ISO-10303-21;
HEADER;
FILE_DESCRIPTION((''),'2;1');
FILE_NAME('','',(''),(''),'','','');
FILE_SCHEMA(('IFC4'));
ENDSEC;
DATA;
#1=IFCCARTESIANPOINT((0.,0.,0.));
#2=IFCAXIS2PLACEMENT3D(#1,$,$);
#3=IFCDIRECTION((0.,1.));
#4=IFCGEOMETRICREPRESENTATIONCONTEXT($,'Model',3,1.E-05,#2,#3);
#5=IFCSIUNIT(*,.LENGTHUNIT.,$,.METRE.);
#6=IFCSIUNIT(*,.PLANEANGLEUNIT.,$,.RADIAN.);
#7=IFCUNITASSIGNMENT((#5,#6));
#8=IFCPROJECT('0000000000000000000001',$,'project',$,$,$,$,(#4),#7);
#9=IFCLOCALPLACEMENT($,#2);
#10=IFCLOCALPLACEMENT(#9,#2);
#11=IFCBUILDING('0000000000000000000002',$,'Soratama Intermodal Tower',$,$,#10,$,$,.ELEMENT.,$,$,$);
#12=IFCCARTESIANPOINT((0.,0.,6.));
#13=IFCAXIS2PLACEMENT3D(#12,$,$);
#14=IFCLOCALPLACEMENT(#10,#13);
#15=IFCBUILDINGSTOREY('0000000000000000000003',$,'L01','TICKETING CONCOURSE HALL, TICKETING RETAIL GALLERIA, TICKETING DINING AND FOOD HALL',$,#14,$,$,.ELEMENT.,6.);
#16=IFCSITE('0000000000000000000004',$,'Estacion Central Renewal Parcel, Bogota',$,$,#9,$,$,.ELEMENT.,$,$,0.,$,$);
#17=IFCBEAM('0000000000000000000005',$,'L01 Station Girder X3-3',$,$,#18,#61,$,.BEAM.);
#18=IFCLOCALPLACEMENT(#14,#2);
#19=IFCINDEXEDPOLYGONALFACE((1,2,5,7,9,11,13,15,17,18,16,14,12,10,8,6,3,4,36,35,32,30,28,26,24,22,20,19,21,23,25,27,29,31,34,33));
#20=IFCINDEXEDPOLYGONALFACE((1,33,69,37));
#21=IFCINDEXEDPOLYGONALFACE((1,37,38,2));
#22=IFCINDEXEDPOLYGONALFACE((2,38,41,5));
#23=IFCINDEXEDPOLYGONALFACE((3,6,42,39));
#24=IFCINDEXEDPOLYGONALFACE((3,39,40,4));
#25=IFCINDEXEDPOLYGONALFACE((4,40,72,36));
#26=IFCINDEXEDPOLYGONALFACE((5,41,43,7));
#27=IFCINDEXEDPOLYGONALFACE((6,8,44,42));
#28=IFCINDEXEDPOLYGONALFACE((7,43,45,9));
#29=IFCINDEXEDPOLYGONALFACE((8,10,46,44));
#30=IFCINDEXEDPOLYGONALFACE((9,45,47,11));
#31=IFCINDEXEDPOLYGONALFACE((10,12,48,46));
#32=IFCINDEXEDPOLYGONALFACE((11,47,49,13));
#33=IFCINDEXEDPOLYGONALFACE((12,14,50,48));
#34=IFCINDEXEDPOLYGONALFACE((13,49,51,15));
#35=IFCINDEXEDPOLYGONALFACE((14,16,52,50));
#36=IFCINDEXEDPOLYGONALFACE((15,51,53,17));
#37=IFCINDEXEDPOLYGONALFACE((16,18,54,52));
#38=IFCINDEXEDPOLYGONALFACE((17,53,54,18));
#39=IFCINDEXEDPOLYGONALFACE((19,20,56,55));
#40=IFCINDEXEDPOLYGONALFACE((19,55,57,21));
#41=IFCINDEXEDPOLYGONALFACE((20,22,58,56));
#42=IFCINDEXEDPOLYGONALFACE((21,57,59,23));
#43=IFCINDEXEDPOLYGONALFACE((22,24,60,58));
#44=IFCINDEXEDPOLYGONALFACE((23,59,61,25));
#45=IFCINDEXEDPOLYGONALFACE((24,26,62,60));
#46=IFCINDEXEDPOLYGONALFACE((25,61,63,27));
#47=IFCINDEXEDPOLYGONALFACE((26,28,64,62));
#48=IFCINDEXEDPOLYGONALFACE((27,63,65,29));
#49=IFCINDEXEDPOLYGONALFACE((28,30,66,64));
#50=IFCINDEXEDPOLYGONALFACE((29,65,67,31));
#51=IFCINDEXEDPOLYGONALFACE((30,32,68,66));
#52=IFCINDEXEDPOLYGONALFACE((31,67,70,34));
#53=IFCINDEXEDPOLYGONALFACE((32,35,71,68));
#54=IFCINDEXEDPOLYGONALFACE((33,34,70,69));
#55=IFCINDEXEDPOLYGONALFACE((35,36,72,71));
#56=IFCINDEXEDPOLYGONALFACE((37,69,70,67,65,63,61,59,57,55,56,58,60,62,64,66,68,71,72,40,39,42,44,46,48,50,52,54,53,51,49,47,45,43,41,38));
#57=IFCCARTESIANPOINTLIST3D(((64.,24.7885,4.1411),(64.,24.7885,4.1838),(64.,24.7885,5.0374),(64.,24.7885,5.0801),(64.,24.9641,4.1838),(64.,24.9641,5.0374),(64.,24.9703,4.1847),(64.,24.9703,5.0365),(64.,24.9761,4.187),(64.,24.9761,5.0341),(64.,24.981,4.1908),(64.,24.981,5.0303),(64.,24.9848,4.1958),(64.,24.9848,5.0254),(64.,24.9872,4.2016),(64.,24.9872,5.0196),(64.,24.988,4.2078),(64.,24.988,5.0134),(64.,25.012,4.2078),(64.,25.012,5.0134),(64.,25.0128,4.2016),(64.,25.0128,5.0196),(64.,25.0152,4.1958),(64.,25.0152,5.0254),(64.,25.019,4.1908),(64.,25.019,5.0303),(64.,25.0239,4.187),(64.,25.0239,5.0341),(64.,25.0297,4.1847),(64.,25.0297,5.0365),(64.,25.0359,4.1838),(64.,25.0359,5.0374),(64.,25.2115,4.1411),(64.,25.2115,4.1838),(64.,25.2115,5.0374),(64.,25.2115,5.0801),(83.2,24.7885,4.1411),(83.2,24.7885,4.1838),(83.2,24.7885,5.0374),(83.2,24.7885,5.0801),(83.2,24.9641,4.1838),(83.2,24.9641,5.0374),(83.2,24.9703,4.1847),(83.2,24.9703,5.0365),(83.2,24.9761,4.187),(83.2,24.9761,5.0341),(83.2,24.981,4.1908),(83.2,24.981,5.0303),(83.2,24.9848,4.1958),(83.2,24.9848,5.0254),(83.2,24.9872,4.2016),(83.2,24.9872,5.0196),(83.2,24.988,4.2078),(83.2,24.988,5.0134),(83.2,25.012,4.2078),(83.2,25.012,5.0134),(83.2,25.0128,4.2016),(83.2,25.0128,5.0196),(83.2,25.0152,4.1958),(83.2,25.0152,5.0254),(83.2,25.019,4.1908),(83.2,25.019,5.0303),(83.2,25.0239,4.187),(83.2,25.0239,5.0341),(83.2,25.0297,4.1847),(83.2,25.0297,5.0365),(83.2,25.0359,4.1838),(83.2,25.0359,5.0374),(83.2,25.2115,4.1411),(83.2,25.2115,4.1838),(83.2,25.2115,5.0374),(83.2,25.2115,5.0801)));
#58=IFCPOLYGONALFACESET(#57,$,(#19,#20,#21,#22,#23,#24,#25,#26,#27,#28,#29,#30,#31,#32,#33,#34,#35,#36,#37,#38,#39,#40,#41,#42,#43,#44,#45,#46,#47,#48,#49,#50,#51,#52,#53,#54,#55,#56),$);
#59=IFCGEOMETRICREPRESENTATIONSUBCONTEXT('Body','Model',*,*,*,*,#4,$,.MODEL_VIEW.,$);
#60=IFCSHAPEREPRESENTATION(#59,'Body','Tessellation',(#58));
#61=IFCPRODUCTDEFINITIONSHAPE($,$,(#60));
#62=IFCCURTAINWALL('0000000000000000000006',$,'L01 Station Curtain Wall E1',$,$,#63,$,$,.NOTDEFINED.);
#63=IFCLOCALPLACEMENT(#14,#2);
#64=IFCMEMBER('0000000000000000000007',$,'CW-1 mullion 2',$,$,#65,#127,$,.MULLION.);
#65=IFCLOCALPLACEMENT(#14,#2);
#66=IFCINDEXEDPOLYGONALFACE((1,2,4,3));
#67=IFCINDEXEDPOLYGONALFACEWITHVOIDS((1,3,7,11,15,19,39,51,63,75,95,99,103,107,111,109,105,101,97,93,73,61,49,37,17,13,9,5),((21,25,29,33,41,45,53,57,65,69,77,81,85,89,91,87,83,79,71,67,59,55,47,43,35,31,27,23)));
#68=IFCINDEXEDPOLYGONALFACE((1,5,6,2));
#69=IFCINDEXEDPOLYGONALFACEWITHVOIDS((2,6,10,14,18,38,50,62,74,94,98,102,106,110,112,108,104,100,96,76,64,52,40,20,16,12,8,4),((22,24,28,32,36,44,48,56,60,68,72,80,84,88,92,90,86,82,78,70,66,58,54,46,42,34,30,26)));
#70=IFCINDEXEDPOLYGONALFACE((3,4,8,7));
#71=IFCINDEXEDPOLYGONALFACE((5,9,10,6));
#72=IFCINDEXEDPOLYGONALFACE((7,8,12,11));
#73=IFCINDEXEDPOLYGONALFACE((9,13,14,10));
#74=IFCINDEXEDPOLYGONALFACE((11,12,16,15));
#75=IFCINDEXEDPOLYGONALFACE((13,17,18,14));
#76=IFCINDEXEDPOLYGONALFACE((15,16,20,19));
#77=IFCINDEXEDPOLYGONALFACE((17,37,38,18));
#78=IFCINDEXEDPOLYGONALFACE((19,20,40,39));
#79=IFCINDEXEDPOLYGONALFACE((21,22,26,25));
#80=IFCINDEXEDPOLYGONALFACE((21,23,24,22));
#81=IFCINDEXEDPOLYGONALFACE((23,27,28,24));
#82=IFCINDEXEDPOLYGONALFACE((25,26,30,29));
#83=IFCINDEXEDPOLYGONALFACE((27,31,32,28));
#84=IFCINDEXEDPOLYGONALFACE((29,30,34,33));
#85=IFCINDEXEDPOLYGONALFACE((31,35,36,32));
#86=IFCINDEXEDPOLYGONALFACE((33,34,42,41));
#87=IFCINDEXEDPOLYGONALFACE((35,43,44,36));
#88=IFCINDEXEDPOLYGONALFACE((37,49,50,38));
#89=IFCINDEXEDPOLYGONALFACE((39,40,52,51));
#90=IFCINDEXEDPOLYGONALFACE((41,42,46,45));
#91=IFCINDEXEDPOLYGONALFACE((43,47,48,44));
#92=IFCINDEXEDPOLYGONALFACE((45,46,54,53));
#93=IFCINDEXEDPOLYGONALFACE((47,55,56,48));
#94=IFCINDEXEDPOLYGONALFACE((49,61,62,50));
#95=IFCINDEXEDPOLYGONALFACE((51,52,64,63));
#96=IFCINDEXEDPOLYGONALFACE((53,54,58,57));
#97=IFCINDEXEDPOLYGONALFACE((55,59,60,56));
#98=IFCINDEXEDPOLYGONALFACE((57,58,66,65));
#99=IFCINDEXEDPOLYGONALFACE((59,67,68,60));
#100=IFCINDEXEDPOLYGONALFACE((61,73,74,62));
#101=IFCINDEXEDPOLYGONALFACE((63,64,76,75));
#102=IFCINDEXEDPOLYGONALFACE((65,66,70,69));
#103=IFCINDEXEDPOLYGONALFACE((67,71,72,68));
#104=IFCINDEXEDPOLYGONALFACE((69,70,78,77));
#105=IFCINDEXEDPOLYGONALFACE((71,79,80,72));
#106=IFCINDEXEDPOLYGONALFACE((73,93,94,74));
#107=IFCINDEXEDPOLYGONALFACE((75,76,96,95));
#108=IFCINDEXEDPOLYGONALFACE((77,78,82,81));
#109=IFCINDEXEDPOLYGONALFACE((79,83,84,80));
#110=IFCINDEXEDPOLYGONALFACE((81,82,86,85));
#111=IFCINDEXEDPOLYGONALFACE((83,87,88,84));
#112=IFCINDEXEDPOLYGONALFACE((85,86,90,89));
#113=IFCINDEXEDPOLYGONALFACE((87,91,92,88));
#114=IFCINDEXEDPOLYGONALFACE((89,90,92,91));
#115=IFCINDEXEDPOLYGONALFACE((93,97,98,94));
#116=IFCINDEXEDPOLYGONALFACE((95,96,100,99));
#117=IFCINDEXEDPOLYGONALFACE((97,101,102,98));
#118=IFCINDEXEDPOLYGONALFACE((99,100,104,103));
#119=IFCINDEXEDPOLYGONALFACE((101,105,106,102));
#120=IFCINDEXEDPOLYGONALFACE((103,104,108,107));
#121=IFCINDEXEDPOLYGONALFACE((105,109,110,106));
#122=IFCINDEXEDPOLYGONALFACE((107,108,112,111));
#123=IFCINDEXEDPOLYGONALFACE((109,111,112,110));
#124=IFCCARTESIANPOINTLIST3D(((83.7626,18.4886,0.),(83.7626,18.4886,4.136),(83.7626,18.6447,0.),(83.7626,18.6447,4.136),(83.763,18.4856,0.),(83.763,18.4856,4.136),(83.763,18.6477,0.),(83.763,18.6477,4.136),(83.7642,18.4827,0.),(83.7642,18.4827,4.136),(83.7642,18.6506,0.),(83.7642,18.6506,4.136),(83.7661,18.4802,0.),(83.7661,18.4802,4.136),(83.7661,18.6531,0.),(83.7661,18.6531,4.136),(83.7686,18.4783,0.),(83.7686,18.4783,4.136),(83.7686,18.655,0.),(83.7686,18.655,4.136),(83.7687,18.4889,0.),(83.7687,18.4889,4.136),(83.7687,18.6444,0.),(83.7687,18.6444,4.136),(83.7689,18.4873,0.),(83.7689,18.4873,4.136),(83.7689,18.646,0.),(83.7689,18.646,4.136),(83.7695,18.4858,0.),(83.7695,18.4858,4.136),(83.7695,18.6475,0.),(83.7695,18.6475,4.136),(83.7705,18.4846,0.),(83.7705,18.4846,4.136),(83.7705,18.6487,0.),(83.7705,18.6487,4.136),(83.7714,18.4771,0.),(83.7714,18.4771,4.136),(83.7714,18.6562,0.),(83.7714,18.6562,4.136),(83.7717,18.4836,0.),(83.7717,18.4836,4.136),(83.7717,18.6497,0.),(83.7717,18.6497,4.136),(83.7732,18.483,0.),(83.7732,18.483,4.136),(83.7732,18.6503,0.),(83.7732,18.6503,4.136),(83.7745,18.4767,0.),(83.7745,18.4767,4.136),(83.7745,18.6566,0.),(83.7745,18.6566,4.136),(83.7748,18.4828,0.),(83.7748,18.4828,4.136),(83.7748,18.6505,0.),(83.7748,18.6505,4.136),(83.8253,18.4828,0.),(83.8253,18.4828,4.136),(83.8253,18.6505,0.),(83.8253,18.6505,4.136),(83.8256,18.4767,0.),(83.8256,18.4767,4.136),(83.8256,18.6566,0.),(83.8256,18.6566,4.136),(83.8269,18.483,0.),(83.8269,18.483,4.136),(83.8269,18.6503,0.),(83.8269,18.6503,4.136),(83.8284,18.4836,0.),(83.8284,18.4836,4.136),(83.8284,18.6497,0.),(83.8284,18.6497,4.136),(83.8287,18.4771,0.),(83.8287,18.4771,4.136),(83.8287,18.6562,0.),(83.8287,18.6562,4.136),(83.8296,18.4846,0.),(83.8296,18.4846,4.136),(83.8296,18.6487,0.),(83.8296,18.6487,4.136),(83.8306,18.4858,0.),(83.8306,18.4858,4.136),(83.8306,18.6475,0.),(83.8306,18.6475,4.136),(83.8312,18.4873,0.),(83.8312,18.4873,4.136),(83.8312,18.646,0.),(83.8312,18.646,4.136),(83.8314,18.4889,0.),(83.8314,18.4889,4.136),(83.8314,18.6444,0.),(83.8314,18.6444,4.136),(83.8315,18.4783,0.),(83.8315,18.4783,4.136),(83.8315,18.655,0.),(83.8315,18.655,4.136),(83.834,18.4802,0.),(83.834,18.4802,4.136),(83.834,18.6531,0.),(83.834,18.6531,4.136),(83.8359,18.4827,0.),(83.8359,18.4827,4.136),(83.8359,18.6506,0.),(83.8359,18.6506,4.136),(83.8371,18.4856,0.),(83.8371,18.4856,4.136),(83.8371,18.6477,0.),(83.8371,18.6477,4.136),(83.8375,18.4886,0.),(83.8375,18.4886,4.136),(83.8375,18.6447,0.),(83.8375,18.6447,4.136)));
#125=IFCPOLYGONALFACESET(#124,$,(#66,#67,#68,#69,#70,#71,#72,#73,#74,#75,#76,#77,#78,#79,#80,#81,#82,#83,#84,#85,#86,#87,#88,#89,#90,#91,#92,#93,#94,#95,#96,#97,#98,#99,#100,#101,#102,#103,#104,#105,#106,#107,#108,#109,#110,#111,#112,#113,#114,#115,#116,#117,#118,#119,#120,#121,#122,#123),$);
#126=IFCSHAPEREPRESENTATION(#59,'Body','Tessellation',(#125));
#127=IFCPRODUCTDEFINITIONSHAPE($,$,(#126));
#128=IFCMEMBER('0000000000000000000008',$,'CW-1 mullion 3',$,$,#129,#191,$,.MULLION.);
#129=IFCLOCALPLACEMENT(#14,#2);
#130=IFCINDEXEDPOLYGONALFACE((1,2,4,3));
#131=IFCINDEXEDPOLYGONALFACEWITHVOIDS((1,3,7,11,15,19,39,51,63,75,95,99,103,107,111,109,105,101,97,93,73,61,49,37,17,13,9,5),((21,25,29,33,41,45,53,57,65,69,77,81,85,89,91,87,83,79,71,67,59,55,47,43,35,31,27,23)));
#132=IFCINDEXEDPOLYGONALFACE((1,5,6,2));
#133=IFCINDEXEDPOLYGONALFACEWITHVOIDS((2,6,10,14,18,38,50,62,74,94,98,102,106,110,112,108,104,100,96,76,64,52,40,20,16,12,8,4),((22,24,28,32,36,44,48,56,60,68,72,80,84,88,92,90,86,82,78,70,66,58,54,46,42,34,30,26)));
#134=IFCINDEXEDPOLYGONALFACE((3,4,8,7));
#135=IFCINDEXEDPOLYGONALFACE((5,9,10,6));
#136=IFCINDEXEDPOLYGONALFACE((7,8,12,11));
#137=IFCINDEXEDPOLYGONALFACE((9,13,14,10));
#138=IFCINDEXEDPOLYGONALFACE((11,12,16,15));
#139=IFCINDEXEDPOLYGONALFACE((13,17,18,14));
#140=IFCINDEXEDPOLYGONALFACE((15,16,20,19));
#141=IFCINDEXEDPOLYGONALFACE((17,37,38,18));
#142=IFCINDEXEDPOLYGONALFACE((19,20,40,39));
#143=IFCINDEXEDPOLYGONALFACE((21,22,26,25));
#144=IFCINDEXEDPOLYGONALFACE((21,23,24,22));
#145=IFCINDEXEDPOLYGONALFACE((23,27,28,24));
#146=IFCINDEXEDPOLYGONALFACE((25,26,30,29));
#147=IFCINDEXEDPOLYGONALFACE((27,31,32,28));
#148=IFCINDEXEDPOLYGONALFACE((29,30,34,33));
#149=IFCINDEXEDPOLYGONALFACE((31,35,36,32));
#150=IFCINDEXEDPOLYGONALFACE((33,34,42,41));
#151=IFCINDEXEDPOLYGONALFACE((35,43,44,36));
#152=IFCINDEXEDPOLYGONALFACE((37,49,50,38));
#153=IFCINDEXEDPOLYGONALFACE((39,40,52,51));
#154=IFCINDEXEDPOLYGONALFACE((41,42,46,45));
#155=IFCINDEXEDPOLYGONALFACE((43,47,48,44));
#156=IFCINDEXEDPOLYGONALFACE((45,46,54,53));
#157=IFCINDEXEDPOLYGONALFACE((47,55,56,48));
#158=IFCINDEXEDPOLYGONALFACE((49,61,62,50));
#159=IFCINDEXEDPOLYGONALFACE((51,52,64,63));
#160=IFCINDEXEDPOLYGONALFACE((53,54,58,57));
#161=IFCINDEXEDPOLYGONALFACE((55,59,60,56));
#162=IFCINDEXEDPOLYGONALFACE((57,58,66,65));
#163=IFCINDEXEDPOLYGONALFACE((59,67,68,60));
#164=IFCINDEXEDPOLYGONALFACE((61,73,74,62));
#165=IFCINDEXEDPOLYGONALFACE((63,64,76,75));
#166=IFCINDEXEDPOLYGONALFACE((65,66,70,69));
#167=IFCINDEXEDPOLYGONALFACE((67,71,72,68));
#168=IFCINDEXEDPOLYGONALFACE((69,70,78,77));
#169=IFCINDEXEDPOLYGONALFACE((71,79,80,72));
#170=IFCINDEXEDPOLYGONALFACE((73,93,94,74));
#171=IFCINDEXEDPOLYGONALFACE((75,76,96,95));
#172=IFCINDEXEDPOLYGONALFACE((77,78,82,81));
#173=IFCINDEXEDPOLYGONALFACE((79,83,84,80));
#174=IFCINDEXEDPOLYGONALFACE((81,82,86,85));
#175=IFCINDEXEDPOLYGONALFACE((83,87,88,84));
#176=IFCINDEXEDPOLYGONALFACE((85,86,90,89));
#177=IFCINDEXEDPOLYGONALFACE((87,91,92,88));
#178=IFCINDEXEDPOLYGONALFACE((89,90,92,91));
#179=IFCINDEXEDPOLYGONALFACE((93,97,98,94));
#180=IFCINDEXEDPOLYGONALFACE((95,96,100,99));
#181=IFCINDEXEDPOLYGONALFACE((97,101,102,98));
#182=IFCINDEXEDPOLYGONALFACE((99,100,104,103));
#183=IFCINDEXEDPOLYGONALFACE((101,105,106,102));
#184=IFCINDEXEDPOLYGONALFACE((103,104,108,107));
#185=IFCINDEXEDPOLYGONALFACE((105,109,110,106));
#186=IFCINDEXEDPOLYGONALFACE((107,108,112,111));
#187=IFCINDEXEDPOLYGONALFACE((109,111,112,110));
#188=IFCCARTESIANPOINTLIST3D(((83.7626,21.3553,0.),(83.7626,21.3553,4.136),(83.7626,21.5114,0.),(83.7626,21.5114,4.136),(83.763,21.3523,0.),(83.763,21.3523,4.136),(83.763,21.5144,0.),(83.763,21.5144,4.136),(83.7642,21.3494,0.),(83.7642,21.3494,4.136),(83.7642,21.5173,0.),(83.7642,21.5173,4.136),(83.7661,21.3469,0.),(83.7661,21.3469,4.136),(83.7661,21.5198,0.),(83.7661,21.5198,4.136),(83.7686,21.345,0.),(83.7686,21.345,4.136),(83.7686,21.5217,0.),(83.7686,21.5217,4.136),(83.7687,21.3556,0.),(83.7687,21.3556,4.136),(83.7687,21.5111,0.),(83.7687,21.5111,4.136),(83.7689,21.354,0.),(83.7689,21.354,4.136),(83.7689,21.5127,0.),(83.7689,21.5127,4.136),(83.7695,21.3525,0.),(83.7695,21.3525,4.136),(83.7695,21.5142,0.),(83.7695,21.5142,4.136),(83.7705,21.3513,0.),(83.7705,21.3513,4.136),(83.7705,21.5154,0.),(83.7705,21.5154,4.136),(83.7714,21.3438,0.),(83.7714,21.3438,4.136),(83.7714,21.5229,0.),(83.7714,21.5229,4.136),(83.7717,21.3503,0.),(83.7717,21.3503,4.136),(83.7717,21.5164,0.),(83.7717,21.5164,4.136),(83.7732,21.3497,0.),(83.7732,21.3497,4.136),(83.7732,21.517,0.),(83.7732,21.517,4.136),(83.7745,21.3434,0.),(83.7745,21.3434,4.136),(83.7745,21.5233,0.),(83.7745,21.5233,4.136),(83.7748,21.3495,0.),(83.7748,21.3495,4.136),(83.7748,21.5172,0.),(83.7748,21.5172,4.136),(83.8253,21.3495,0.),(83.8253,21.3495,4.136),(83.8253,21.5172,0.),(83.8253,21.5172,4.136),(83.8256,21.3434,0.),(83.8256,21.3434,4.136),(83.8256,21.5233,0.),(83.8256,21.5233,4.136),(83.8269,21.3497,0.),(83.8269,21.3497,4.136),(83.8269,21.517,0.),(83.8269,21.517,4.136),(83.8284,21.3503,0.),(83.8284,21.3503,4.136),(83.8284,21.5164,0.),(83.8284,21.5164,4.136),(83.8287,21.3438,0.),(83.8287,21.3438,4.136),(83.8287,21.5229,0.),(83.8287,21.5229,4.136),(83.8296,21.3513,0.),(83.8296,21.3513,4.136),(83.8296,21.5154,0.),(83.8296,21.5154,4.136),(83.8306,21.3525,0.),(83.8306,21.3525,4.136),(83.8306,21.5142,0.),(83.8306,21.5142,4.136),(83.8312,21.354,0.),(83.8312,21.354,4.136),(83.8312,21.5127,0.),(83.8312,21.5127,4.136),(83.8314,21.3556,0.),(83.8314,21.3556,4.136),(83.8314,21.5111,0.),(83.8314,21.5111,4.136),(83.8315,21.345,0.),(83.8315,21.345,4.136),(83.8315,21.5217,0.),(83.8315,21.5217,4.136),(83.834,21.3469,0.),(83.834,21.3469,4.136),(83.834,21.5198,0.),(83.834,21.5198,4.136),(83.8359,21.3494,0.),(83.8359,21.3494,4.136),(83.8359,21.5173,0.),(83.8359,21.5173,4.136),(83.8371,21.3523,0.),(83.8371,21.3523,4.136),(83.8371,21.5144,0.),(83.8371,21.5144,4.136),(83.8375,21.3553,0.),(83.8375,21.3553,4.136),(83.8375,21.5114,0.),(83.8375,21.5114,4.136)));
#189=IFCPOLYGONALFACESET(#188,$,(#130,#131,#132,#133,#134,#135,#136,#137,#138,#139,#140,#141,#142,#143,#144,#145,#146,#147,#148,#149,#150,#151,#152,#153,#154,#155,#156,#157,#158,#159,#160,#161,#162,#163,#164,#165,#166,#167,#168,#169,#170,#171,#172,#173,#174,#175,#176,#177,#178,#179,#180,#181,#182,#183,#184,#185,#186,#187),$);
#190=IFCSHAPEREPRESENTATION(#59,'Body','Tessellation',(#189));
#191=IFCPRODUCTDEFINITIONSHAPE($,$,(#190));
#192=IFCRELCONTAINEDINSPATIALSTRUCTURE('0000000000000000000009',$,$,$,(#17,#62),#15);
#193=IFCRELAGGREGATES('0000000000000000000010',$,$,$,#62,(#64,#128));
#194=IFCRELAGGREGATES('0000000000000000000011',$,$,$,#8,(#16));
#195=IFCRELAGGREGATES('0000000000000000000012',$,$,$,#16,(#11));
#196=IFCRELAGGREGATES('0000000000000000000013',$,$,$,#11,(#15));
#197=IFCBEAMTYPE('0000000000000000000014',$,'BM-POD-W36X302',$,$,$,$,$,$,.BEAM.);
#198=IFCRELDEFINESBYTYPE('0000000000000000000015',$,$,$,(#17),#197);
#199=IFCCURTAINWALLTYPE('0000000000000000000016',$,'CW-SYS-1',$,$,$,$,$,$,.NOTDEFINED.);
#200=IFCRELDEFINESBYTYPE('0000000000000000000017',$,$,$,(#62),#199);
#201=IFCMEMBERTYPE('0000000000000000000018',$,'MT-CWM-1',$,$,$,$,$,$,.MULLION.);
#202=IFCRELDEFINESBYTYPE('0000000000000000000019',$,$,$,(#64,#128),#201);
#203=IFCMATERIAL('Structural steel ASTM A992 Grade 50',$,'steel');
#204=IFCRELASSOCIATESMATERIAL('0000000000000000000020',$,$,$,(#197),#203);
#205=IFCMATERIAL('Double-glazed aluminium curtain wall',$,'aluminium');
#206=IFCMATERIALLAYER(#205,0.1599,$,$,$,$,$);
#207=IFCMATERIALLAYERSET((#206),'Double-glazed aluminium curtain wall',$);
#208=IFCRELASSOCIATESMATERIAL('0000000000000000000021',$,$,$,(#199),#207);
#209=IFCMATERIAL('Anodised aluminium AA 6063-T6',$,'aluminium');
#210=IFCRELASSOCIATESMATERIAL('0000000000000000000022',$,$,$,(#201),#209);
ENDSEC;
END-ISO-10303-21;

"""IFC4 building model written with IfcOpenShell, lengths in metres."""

from ifc_helpers import new_model, si_unit, direction, frame, origin, origin_2d, place, context, subcontext, project, spatial, hollow_rectangle, i_section, extrude, material, layer, layer_set, material_profile, profile_set, type_object, element, aggregate, save


model = new_model("IFC4")

# Units and contexts
model_context = context("Model", 3, precision=1e-05, world=origin(), true_north=direction((0.0, 1.0)))
body_context = subcontext(model_context, "Body", "Model", "MODEL_VIEW")
ifc_project = project(units=[si_unit("LENGTHUNIT", "METRE"), si_unit("PLANEANGLEUNIT", "RADIAN")], contexts=[model_context])

# Site, building, storey
site_placement = place(None, origin())
site = spatial("IfcSite", under=ifc_project, at=site_placement, Name="Estacion Central Renewal Parcel, Bogota", CompositionType="ELEMENT", RefElevation=0.0)
building_placement = place(site_placement, origin())
building = spatial("IfcBuilding", under=site, at=building_placement, Name="Soratama Intermodal Tower", CompositionType="ELEMENT")
storey_placement = place(building_placement, frame((0.0, 0.0, 6.0)))
storey = spatial("IfcBuildingStorey", under=building, at=storey_placement, Name="L01", Description="TICKETING CONCOURSE HALL, TICKETING RETAIL GALLERIA, TICKETING DINING AND FOOD HALL", CompositionType="ELEMENT", Elevation=6.0)

# Beam
ifc_material_1 = material(Name="Structural steel ASTM A992 Grade 50", Category="steel")
ifc_material_profile_1 = material_profile(ifc_material_1, i_section(OverallWidth=0.4231, OverallDepth=0.939, WebThickness=0.0239, FlangeThickness=0.0427, FilletRadius=0.0239, at=origin_2d()), Name="W36X302")
ifc_profile_set_1 = profile_set([ifc_material_profile_1], Name="Structural steel ASTM A992 Grade 50")
beam_type_1 = type_object("IfcBeamType", Name="BM-POD-W36X302", PredefinedType="BEAM", material=ifc_profile_set_1)
beam_1_placement = place(storey_placement, frame((64.0, 25.0, 4.6106), z_axis=(1.0, 0.0, 0.0), x_axis=(0.0, 1.0, 0.0)))
element("IfcBeam", 1, at=beam_1_placement, inside=storey, type_object=beam_type_1, Name="L01 Station Girder X3-3", PredefinedType="BEAM", context=body_context, shape_type="SweptSolid", body=[
    extrude(i_section(OverallWidth=0.4231, OverallDepth=0.939, WebThickness=0.0239, FlangeThickness=0.0427, FilletRadius=0.0239, at=origin_2d()), origin(), (0.0, 0.0, 1.0), 19.2),
])

# Curtain wall, members
ifc_material_2 = material(Name="Double-glazed aluminium curtain wall", Category="aluminium")
ifc_layer_1 = layer(ifc_material_2, 0.1599)
ifc_layer_set_1 = layer_set([ifc_layer_1], Name="Double-glazed aluminium curtain wall")
curtain_wall_type = type_object("IfcCurtainWallType", Name="CW-SYS-1", PredefinedType="NOTDEFINED", material=ifc_layer_set_1)
curtain_wall_1_placement = place(storey_placement, origin())
curtain_wall_1 = element("IfcCurtainWall", 2, at=curtain_wall_1_placement, inside=storey, type_object=curtain_wall_type, Name="L01 Station Curtain Wall E1", PredefinedType="NOTDEFINED")
ifc_material_3 = material(Name="Anodised aluminium AA 6063-T6", Category="aluminium")
ifc_material_profile_2 = material_profile(ifc_material_3, hollow_rectangle(XDim=0.075, YDim=0.1799, WallThickness=0.0061, InnerFilletRadius=0.0061, OuterFilletRadius=0.012, at=origin_2d()), Name="CWM180X75X6")
ifc_profile_set_2 = profile_set([ifc_material_profile_2], Name="Anodised aluminium AA 6063-T6")
member_type_1 = type_object("IfcMemberType", Name="MT-CWM-1", PredefinedType="MULLION", material=ifc_profile_set_2)
member_1_placement = place(storey_placement, frame((83.8, 18.5667, 0.0), z_axis=(0.0, 0.0, 1.0), x_axis=(-1.0, 0.0, 0.0)))
member_1 = element("IfcMember", 3, at=member_1_placement, type_object=member_type_1, Name="CW-1 mullion 2", PredefinedType="MULLION", context=body_context, shape_type="SweptSolid", body=[
    extrude(hollow_rectangle(XDim=0.075, YDim=0.1799, WallThickness=0.0061, InnerFilletRadius=0.0061, OuterFilletRadius=0.012, at=origin_2d()), origin(), (0.0, 0.0, 1.0), 4.136),
])
member_2_placement = place(storey_placement, frame((83.8, 21.4333, 0.0), z_axis=(0.0, 0.0, 1.0), x_axis=(-1.0, 0.0, 0.0)))
member_2 = element("IfcMember", 4, at=member_2_placement, type_object=member_type_1, Name="CW-1 mullion 3", PredefinedType="MULLION", context=body_context, shape_type="SweptSolid", body=[
    extrude(hollow_rectangle(XDim=0.075, YDim=0.1799, WallThickness=0.0061, InnerFilletRadius=0.0061, OuterFilletRadius=0.012, at=origin_2d()), origin(), (0.0, 0.0, 1.0), 4.136),
])

aggregate(curtain_wall_1, [member_1, member_2])

save(model, "model.ifc")
